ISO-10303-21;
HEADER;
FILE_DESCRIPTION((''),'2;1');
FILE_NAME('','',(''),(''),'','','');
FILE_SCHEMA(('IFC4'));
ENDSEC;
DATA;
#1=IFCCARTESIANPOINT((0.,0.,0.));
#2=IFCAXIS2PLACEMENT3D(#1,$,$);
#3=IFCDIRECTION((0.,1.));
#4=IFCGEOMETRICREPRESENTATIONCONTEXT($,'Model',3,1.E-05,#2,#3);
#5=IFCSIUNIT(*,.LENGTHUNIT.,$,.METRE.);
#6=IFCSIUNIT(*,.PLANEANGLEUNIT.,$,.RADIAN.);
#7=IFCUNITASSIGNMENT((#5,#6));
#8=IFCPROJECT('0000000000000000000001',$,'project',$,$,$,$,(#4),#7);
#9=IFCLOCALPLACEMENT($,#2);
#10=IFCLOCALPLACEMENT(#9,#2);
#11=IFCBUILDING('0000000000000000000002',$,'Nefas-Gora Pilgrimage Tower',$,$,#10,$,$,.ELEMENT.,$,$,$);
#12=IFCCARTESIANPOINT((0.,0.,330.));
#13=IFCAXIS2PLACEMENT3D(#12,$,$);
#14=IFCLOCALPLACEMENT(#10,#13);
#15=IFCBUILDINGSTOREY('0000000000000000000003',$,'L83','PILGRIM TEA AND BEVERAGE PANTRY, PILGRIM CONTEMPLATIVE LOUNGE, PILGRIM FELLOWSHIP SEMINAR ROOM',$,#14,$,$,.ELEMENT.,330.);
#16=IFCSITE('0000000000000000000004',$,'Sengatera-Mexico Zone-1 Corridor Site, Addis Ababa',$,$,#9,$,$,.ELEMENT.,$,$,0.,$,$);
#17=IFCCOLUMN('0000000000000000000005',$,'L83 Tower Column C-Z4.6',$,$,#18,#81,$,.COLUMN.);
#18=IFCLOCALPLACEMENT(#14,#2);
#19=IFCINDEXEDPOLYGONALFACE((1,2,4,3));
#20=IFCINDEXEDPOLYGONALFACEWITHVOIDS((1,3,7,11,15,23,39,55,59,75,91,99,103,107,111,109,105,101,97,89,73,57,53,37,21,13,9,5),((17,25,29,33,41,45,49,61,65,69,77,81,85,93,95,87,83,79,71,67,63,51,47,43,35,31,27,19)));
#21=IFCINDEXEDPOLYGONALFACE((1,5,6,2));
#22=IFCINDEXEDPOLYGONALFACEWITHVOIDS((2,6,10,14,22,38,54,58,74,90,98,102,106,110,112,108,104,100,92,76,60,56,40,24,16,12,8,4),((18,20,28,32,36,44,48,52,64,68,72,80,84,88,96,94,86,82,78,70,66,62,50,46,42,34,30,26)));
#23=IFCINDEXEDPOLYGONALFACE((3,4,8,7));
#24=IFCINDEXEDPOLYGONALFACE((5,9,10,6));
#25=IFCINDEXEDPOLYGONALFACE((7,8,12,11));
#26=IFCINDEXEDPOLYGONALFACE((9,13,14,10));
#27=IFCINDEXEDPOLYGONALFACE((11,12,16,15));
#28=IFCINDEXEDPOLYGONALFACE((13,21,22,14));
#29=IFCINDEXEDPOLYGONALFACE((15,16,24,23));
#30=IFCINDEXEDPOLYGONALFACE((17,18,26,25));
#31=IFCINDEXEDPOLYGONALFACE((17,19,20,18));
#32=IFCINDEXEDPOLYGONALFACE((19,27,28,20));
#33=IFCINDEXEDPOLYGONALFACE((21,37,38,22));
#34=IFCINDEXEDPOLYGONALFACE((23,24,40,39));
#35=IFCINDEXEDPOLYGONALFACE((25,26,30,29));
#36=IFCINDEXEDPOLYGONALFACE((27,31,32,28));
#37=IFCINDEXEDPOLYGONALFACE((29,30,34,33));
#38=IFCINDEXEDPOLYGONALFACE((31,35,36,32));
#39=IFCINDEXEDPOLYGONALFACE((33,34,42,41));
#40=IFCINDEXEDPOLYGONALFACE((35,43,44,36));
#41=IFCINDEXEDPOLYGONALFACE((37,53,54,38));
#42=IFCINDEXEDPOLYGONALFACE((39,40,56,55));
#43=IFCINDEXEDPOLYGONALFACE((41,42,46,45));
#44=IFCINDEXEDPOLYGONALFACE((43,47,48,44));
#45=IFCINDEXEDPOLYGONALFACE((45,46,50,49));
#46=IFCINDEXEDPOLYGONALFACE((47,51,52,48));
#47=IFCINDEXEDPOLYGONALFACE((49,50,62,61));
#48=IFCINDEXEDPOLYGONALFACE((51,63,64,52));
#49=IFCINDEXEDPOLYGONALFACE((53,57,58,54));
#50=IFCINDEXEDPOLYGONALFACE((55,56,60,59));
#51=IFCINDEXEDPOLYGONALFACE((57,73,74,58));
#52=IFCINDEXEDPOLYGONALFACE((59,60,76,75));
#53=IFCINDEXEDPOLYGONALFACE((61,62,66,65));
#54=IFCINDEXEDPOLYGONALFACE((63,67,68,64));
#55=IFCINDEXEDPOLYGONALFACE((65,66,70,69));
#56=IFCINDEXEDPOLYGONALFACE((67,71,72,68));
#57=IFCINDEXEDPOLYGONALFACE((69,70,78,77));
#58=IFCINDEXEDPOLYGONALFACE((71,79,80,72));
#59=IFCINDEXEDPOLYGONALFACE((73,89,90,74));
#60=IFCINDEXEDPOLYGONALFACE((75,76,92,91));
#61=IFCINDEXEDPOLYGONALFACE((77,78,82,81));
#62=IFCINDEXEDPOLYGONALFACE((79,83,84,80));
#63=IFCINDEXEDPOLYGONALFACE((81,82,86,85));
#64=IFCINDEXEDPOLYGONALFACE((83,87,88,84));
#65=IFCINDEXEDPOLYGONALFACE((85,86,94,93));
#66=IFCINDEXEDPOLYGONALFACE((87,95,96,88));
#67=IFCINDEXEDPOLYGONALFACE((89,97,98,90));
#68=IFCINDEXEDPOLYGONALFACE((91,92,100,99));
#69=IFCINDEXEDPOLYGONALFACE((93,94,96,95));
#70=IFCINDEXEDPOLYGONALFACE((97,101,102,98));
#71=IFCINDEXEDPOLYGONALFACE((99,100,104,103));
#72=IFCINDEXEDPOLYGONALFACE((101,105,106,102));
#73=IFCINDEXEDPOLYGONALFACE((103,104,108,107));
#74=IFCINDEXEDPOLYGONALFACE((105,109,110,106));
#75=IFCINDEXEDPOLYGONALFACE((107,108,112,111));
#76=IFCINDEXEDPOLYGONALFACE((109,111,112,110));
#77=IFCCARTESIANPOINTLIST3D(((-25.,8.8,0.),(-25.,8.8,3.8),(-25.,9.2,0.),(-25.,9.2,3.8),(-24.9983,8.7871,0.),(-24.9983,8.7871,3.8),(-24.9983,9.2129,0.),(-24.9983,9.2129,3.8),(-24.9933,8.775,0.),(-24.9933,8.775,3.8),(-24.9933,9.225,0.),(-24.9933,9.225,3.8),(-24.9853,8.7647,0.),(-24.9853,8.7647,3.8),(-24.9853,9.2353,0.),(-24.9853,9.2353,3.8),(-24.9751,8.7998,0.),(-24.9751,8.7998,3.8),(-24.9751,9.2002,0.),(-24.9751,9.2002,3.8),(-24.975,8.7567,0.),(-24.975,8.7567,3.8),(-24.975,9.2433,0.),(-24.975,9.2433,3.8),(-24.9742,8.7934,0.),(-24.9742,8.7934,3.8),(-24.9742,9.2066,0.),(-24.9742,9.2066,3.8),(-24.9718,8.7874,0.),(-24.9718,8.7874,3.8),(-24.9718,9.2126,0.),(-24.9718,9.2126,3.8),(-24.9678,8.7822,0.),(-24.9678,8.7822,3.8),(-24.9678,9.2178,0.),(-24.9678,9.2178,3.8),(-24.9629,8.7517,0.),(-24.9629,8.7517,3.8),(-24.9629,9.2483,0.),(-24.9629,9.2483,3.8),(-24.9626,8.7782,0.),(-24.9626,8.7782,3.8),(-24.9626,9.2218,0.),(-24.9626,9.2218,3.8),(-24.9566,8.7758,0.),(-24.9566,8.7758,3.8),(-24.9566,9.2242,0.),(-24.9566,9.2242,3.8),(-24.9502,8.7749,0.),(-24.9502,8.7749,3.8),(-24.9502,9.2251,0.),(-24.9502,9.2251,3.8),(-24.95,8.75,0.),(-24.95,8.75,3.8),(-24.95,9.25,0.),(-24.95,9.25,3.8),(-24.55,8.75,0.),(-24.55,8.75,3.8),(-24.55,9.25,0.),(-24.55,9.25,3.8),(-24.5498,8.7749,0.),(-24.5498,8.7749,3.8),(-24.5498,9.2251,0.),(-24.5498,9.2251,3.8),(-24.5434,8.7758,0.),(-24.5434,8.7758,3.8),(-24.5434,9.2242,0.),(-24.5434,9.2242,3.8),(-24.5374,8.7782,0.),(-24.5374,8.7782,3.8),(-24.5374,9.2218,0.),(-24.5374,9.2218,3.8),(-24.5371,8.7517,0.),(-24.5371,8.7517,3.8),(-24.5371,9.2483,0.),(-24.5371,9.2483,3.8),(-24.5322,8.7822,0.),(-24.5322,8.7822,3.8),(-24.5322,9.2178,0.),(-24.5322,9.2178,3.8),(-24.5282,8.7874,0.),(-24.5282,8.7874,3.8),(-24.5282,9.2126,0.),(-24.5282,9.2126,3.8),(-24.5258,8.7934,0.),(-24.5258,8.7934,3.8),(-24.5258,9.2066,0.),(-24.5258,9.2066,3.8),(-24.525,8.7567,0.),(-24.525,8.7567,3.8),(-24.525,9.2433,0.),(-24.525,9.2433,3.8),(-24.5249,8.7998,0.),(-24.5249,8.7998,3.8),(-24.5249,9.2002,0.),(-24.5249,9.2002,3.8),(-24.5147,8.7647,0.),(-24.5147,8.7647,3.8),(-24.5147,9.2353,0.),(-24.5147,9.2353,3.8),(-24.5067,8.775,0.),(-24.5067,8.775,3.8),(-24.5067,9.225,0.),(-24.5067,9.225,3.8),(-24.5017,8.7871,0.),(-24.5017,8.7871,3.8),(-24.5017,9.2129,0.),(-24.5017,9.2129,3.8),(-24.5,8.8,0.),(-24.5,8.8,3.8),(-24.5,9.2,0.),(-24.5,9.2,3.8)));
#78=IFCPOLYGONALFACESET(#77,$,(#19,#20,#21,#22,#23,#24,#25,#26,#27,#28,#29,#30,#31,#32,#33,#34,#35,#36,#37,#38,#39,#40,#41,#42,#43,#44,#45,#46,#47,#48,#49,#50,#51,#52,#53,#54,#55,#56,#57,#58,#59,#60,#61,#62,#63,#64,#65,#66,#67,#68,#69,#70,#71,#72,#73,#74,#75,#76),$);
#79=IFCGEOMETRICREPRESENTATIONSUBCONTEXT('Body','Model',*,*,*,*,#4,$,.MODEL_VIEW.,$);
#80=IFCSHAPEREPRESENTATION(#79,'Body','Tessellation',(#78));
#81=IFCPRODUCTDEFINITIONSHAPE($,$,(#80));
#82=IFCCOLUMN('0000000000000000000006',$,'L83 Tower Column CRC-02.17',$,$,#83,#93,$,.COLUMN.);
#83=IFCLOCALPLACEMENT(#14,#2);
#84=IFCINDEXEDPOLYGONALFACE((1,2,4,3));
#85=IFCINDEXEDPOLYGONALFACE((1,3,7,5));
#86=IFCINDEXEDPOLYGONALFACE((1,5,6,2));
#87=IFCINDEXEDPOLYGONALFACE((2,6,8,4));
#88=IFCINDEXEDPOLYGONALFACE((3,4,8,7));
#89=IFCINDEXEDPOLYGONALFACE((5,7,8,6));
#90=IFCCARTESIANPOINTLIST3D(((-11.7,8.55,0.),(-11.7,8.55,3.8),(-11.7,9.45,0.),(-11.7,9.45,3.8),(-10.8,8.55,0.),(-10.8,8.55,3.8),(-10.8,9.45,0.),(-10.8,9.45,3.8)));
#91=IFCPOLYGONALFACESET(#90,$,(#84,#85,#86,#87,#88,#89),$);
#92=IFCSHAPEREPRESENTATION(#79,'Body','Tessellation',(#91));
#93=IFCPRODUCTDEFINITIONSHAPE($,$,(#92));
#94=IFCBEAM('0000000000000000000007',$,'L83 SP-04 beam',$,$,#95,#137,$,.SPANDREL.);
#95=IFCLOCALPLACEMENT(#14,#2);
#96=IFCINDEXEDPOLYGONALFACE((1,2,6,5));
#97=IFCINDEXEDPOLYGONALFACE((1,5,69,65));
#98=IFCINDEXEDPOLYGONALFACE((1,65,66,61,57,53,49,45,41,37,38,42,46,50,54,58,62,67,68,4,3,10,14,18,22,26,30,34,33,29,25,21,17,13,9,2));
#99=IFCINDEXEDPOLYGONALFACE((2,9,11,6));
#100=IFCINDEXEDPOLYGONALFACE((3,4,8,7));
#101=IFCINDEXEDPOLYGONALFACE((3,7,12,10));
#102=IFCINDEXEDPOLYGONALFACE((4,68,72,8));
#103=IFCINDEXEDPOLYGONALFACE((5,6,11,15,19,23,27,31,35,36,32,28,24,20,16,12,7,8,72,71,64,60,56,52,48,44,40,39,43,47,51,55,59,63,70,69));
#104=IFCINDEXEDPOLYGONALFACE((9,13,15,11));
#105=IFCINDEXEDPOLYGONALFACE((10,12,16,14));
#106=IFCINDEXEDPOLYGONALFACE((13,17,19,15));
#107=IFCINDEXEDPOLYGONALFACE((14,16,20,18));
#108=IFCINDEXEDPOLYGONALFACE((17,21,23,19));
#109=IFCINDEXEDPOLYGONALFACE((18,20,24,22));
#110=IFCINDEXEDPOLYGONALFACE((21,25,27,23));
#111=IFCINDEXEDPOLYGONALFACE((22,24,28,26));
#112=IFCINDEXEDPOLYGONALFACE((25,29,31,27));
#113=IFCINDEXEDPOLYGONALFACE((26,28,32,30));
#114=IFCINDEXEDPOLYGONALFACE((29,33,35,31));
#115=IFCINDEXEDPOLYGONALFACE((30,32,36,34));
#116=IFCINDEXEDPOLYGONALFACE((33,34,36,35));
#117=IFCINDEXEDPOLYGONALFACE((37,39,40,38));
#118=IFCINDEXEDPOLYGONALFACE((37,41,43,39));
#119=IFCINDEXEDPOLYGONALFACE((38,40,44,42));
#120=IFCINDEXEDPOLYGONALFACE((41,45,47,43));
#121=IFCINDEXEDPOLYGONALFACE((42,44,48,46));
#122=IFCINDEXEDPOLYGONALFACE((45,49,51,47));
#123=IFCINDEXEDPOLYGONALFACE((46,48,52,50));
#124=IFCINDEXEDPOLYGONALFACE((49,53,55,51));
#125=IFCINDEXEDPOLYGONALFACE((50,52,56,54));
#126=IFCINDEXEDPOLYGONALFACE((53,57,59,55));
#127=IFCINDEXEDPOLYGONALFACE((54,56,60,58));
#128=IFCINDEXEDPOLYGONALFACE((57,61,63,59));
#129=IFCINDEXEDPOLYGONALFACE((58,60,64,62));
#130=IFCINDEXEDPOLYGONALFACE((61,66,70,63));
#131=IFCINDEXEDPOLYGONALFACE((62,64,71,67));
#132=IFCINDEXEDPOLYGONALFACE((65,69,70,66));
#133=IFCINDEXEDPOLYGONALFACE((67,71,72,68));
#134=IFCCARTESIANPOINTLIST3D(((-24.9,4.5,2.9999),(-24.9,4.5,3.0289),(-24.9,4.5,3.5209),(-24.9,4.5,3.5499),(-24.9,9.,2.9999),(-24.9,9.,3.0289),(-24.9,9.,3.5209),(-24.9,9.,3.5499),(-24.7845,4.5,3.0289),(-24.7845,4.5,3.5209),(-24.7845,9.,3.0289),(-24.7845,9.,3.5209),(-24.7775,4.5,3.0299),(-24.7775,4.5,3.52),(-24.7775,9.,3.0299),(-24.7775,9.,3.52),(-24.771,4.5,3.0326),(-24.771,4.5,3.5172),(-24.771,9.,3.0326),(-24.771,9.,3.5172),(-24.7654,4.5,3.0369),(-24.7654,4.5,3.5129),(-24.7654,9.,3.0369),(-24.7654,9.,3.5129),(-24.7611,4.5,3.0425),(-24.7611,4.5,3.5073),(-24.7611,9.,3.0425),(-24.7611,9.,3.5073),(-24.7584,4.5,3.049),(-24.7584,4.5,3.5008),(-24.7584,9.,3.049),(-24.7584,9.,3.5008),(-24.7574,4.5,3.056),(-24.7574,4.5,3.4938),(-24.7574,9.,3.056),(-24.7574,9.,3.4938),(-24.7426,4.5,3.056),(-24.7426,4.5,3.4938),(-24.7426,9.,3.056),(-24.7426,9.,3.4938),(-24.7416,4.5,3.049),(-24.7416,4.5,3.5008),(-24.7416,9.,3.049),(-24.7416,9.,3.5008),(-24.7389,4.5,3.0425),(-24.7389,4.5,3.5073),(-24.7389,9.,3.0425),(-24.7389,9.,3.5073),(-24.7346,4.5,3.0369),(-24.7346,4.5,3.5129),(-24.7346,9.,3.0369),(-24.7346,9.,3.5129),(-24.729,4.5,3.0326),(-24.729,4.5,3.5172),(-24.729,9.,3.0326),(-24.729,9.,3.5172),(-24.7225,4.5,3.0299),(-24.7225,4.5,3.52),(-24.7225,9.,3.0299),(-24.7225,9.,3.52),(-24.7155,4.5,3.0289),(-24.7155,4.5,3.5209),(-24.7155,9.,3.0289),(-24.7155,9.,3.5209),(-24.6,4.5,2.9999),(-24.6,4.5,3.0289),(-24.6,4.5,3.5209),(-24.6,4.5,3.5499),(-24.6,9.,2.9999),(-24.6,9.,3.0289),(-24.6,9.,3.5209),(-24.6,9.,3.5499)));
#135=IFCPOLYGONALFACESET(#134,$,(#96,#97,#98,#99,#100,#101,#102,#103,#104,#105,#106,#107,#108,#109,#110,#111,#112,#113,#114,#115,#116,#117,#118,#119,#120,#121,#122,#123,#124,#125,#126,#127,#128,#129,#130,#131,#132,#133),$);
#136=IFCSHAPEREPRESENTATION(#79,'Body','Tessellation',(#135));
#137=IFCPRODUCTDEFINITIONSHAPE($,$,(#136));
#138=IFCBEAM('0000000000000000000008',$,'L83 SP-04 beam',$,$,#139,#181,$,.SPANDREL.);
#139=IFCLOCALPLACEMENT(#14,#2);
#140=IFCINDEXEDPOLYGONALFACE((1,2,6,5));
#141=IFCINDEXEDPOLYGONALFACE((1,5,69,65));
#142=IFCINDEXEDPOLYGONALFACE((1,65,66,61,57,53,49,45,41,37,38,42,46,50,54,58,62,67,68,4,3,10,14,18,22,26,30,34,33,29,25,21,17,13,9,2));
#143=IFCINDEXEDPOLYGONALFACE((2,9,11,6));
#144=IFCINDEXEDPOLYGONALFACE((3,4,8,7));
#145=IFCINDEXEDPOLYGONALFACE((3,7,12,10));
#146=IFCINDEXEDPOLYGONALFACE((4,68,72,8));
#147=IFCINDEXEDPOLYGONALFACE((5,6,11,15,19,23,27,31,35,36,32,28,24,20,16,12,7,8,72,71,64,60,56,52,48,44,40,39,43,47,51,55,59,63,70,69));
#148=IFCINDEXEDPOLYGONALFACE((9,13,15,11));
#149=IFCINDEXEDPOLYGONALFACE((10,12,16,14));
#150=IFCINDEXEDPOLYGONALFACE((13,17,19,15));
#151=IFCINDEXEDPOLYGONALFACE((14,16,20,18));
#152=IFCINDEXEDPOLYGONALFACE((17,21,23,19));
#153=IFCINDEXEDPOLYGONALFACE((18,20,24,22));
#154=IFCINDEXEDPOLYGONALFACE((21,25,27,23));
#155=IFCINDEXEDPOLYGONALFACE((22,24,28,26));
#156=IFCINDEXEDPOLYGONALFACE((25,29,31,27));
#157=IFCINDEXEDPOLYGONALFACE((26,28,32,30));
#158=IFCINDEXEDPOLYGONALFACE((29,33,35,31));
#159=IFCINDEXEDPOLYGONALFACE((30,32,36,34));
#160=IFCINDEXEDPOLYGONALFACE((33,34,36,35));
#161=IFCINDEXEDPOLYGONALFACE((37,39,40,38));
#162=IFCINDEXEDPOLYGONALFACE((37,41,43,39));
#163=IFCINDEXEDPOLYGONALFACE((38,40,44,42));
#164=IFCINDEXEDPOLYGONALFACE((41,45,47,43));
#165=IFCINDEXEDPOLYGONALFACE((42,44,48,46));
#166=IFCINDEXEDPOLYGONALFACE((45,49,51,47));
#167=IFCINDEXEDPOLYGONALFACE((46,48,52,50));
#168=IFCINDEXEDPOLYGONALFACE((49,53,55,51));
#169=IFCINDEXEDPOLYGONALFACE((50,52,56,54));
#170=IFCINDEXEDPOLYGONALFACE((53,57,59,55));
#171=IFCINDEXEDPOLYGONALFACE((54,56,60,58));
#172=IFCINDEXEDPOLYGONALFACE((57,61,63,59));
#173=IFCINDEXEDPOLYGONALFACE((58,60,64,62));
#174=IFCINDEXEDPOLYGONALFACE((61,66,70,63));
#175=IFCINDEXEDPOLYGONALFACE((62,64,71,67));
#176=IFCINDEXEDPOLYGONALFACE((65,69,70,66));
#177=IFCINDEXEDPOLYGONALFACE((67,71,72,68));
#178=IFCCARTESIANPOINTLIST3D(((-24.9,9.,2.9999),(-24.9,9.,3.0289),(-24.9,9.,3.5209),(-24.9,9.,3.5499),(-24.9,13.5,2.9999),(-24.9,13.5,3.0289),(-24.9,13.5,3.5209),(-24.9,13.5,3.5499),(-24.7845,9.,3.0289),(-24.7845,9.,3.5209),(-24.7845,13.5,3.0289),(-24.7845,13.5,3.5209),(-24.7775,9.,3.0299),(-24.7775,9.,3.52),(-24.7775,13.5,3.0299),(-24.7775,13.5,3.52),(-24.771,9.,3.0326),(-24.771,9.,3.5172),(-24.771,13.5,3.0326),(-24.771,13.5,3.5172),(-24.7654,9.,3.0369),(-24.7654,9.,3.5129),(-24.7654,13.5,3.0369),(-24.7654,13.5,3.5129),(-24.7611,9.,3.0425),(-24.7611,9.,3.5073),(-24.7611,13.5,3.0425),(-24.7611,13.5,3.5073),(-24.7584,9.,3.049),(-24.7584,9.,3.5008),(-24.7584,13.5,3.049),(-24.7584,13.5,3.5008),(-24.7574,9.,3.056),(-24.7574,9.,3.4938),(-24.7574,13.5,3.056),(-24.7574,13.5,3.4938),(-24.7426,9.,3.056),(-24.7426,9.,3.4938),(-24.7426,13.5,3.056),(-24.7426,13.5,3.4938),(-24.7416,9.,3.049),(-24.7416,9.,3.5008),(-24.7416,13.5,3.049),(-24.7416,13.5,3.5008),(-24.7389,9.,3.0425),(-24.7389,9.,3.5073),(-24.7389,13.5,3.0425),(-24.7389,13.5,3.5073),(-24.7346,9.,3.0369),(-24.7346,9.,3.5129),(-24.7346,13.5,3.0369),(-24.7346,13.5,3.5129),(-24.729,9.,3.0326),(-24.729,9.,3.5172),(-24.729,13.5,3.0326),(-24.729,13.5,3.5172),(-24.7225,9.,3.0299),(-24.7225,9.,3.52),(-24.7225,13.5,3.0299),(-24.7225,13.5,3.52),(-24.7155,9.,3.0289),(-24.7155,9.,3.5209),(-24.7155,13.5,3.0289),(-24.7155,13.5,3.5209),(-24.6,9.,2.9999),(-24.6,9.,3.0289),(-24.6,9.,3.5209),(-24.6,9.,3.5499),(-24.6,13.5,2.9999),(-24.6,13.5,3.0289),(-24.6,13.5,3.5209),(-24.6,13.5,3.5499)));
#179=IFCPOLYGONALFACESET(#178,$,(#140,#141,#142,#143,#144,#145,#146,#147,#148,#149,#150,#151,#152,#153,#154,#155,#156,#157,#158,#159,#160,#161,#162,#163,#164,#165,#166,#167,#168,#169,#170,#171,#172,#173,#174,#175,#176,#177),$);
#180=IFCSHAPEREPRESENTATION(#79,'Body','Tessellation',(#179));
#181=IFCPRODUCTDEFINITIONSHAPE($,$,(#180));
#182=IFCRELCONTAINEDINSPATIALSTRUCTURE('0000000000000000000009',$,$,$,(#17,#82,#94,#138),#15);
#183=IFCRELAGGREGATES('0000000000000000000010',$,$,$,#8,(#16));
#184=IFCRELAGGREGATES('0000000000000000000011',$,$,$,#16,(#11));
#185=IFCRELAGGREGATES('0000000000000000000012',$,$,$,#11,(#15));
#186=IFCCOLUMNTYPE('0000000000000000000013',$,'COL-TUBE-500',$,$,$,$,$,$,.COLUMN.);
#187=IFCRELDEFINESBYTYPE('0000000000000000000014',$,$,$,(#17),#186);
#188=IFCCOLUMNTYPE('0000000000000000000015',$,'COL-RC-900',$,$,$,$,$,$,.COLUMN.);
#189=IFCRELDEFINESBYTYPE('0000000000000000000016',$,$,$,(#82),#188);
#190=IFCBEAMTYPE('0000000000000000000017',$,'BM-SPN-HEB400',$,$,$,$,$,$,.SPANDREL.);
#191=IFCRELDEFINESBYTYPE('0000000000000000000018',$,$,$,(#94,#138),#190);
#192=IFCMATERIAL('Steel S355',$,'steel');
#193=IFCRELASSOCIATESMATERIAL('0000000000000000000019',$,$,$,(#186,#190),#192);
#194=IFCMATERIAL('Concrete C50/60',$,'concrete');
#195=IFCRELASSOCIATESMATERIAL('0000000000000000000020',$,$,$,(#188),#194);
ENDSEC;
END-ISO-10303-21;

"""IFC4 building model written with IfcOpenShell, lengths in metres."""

from ifc_helpers import new_model, si_unit, direction, frame, origin, origin_2d, place, context, subcontext, project, spatial, rectangle, hollow_rectangle, i_section, extrude, source, transform, mapped, material, material_profile, profile_set, type_object, element, save


model = new_model("IFC4")

# Units and contexts
model_context = context("Model", 3, precision=1e-05, world=origin(), true_north=direction((0.0, 1.0)))
body_context = subcontext(model_context, "Body", "Model", "MODEL_VIEW")
ifc_project = project(units=[si_unit("LENGTHUNIT", "METRE"), si_unit("PLANEANGLEUNIT", "RADIAN")], contexts=[model_context])

# Site, building, storey
site_placement = place(None, origin())
site = spatial("IfcSite", under=ifc_project, at=site_placement, Name="Sengatera-Mexico Zone-1 Corridor Site, Addis Ababa", CompositionType="ELEMENT", RefElevation=0.0)
building_placement = place(site_placement, origin())
building = spatial("IfcBuilding", under=site, at=building_placement, Name="Nefas-Gora Pilgrimage Tower", CompositionType="ELEMENT")
storey_placement = place(building_placement, frame((0.0, 0.0, 330.0)))
storey = spatial("IfcBuildingStorey", under=building, at=storey_placement, Name="L83", Description="PILGRIM TEA AND BEVERAGE PANTRY, PILGRIM CONTEMPLATIVE LOUNGE, PILGRIM FELLOWSHIP SEMINAR ROOM", CompositionType="ELEMENT", Elevation=330.0)

# Columns
ifc_material_1 = material(Name="Steel S355", Category="steel")
ifc_material_profile_1 = material_profile(ifc_material_1, hollow_rectangle(XDim=0.5, YDim=0.5, WallThickness=0.0249, InnerFilletRadius=0.0249, OuterFilletRadius=0.05, at=origin_2d()), Name="SHS 500x500x25")
ifc_profile_set_1 = profile_set([ifc_material_profile_1], Name="Steel S355")
column_type_1 = type_object("IfcColumnType", Name="COL-TUBE-500", PredefinedType="COLUMN", material=ifc_profile_set_1)
shared_shape_1 = source(origin(), body_context, "Body", "SweptSolid", [
    extrude(hollow_rectangle(XDim=0.5, YDim=0.5, WallThickness=0.0249, InnerFilletRadius=0.0249, OuterFilletRadius=0.05, at=origin_2d()), origin(), (0.0, 0.0, 1.0), 3.8),
])
for number, where, z_axis, x_axis, name in (
    (1, (-24.75, 9.0, 0.0), (0.0, 0.0, 1.0), (1.0, 0.0, 0.0), "L83 Tower Column C-Z4.6"),
):
    element("IfcColumn", number, at=place(storey_placement, frame(where, z_axis=z_axis, x_axis=x_axis)), inside=storey, type_object=column_type_1, Name=name, PredefinedType="COLUMN", context=body_context, shape_type="MappedRepresentation", body=[
        mapped(shared_shape_1, transform((0.0, 0.0, 0.0), x_axis=(1.0, 0.0, 0.0), y_axis=(0.0, 1.0, 0.0), z_axis=(0.0, 0.0, 1.0), scale=1.0)),
    ])
ifc_material_2 = material(Name="Concrete C50/60", Category="concrete")
ifc_material_profile_2 = material_profile(ifc_material_2, rectangle(XDim=0.8999, YDim=0.8999, at=origin_2d()), Name="RC 900x900")
ifc_profile_set_2 = profile_set([ifc_material_profile_2], Name="Concrete C50/60")
column_type_2 = type_object("IfcColumnType", Name="COL-RC-900", PredefinedType="COLUMN", material=ifc_profile_set_2)
shared_shape_2 = source(origin(), body_context, "Body", "SweptSolid", [
    extrude(rectangle(XDim=0.8999, YDim=0.8999, at=origin_2d()), origin(), (0.0, 0.0, 1.0), 3.8),
])
column_placement = place(storey_placement, frame((-11.25, 9.0, 0.0), z_axis=(0.0, 0.0, 1.0), x_axis=(1.0, 0.0, 0.0)))
element("IfcColumn", 2, at=column_placement, inside=storey, type_object=column_type_2, Name="L83 Tower Column CRC-02.17", PredefinedType="COLUMN", context=body_context, shape_type="MappedRepresentation", body=[
    mapped(shared_shape_2, transform((0.0, 0.0, 0.0), x_axis=(1.0, 0.0, 0.0), y_axis=(0.0, 1.0, 0.0), z_axis=(0.0, 0.0, 1.0), scale=1.0)),
])

# Beams
ifc_material_profile_3 = material_profile(ifc_material_1, i_section(OverallWidth=0.3, OverallDepth=0.55, WebThickness=0.0149, FlangeThickness=0.0291, FilletRadius=0.0271, at=origin_2d()), Name="HEB 550")
ifc_profile_set_3 = profile_set([ifc_material_profile_3], Name="Steel S355")
beam_type_1 = type_object("IfcBeamType", Name="BM-SPN-HEB400", PredefinedType="SPANDREL", material=ifc_profile_set_3)
shared_shape_3 = source(origin(), body_context, "Body", "SweptSolid", [
    extrude(i_section(OverallWidth=0.3, OverallDepth=0.55, WebThickness=0.0149, FlangeThickness=0.0291, FilletRadius=0.0271, at=origin_2d()), origin(), (0.0, 0.0, 1.0), 4.5),
])
for number, where, z_axis, x_axis, name in (
    (3, (-24.75, 4.5, 3.2749), (0.0, 1.0, 0.0), (-1.0, 0.0, 0.0), "L83 SP-04 beam"),
    (4, (-24.75, 9.0, 3.2749), (0.0, 1.0, 0.0), (-1.0, 0.0, 0.0), "L83 SP-04 beam"),
):
    element("IfcBeam", number, at=place(storey_placement, frame(where, z_axis=z_axis, x_axis=x_axis)), inside=storey, type_object=beam_type_1, Name=name, PredefinedType="SPANDREL", context=body_context, shape_type="MappedRepresentation", body=[
        mapped(shared_shape_3, transform((0.0, 0.0, 0.0), x_axis=(1.0, 0.0, 0.0), y_axis=(0.0, 1.0, 0.0), z_axis=(0.0, 0.0, 1.0), scale=1.0)),
    ])

save(model, "model.ifc")
